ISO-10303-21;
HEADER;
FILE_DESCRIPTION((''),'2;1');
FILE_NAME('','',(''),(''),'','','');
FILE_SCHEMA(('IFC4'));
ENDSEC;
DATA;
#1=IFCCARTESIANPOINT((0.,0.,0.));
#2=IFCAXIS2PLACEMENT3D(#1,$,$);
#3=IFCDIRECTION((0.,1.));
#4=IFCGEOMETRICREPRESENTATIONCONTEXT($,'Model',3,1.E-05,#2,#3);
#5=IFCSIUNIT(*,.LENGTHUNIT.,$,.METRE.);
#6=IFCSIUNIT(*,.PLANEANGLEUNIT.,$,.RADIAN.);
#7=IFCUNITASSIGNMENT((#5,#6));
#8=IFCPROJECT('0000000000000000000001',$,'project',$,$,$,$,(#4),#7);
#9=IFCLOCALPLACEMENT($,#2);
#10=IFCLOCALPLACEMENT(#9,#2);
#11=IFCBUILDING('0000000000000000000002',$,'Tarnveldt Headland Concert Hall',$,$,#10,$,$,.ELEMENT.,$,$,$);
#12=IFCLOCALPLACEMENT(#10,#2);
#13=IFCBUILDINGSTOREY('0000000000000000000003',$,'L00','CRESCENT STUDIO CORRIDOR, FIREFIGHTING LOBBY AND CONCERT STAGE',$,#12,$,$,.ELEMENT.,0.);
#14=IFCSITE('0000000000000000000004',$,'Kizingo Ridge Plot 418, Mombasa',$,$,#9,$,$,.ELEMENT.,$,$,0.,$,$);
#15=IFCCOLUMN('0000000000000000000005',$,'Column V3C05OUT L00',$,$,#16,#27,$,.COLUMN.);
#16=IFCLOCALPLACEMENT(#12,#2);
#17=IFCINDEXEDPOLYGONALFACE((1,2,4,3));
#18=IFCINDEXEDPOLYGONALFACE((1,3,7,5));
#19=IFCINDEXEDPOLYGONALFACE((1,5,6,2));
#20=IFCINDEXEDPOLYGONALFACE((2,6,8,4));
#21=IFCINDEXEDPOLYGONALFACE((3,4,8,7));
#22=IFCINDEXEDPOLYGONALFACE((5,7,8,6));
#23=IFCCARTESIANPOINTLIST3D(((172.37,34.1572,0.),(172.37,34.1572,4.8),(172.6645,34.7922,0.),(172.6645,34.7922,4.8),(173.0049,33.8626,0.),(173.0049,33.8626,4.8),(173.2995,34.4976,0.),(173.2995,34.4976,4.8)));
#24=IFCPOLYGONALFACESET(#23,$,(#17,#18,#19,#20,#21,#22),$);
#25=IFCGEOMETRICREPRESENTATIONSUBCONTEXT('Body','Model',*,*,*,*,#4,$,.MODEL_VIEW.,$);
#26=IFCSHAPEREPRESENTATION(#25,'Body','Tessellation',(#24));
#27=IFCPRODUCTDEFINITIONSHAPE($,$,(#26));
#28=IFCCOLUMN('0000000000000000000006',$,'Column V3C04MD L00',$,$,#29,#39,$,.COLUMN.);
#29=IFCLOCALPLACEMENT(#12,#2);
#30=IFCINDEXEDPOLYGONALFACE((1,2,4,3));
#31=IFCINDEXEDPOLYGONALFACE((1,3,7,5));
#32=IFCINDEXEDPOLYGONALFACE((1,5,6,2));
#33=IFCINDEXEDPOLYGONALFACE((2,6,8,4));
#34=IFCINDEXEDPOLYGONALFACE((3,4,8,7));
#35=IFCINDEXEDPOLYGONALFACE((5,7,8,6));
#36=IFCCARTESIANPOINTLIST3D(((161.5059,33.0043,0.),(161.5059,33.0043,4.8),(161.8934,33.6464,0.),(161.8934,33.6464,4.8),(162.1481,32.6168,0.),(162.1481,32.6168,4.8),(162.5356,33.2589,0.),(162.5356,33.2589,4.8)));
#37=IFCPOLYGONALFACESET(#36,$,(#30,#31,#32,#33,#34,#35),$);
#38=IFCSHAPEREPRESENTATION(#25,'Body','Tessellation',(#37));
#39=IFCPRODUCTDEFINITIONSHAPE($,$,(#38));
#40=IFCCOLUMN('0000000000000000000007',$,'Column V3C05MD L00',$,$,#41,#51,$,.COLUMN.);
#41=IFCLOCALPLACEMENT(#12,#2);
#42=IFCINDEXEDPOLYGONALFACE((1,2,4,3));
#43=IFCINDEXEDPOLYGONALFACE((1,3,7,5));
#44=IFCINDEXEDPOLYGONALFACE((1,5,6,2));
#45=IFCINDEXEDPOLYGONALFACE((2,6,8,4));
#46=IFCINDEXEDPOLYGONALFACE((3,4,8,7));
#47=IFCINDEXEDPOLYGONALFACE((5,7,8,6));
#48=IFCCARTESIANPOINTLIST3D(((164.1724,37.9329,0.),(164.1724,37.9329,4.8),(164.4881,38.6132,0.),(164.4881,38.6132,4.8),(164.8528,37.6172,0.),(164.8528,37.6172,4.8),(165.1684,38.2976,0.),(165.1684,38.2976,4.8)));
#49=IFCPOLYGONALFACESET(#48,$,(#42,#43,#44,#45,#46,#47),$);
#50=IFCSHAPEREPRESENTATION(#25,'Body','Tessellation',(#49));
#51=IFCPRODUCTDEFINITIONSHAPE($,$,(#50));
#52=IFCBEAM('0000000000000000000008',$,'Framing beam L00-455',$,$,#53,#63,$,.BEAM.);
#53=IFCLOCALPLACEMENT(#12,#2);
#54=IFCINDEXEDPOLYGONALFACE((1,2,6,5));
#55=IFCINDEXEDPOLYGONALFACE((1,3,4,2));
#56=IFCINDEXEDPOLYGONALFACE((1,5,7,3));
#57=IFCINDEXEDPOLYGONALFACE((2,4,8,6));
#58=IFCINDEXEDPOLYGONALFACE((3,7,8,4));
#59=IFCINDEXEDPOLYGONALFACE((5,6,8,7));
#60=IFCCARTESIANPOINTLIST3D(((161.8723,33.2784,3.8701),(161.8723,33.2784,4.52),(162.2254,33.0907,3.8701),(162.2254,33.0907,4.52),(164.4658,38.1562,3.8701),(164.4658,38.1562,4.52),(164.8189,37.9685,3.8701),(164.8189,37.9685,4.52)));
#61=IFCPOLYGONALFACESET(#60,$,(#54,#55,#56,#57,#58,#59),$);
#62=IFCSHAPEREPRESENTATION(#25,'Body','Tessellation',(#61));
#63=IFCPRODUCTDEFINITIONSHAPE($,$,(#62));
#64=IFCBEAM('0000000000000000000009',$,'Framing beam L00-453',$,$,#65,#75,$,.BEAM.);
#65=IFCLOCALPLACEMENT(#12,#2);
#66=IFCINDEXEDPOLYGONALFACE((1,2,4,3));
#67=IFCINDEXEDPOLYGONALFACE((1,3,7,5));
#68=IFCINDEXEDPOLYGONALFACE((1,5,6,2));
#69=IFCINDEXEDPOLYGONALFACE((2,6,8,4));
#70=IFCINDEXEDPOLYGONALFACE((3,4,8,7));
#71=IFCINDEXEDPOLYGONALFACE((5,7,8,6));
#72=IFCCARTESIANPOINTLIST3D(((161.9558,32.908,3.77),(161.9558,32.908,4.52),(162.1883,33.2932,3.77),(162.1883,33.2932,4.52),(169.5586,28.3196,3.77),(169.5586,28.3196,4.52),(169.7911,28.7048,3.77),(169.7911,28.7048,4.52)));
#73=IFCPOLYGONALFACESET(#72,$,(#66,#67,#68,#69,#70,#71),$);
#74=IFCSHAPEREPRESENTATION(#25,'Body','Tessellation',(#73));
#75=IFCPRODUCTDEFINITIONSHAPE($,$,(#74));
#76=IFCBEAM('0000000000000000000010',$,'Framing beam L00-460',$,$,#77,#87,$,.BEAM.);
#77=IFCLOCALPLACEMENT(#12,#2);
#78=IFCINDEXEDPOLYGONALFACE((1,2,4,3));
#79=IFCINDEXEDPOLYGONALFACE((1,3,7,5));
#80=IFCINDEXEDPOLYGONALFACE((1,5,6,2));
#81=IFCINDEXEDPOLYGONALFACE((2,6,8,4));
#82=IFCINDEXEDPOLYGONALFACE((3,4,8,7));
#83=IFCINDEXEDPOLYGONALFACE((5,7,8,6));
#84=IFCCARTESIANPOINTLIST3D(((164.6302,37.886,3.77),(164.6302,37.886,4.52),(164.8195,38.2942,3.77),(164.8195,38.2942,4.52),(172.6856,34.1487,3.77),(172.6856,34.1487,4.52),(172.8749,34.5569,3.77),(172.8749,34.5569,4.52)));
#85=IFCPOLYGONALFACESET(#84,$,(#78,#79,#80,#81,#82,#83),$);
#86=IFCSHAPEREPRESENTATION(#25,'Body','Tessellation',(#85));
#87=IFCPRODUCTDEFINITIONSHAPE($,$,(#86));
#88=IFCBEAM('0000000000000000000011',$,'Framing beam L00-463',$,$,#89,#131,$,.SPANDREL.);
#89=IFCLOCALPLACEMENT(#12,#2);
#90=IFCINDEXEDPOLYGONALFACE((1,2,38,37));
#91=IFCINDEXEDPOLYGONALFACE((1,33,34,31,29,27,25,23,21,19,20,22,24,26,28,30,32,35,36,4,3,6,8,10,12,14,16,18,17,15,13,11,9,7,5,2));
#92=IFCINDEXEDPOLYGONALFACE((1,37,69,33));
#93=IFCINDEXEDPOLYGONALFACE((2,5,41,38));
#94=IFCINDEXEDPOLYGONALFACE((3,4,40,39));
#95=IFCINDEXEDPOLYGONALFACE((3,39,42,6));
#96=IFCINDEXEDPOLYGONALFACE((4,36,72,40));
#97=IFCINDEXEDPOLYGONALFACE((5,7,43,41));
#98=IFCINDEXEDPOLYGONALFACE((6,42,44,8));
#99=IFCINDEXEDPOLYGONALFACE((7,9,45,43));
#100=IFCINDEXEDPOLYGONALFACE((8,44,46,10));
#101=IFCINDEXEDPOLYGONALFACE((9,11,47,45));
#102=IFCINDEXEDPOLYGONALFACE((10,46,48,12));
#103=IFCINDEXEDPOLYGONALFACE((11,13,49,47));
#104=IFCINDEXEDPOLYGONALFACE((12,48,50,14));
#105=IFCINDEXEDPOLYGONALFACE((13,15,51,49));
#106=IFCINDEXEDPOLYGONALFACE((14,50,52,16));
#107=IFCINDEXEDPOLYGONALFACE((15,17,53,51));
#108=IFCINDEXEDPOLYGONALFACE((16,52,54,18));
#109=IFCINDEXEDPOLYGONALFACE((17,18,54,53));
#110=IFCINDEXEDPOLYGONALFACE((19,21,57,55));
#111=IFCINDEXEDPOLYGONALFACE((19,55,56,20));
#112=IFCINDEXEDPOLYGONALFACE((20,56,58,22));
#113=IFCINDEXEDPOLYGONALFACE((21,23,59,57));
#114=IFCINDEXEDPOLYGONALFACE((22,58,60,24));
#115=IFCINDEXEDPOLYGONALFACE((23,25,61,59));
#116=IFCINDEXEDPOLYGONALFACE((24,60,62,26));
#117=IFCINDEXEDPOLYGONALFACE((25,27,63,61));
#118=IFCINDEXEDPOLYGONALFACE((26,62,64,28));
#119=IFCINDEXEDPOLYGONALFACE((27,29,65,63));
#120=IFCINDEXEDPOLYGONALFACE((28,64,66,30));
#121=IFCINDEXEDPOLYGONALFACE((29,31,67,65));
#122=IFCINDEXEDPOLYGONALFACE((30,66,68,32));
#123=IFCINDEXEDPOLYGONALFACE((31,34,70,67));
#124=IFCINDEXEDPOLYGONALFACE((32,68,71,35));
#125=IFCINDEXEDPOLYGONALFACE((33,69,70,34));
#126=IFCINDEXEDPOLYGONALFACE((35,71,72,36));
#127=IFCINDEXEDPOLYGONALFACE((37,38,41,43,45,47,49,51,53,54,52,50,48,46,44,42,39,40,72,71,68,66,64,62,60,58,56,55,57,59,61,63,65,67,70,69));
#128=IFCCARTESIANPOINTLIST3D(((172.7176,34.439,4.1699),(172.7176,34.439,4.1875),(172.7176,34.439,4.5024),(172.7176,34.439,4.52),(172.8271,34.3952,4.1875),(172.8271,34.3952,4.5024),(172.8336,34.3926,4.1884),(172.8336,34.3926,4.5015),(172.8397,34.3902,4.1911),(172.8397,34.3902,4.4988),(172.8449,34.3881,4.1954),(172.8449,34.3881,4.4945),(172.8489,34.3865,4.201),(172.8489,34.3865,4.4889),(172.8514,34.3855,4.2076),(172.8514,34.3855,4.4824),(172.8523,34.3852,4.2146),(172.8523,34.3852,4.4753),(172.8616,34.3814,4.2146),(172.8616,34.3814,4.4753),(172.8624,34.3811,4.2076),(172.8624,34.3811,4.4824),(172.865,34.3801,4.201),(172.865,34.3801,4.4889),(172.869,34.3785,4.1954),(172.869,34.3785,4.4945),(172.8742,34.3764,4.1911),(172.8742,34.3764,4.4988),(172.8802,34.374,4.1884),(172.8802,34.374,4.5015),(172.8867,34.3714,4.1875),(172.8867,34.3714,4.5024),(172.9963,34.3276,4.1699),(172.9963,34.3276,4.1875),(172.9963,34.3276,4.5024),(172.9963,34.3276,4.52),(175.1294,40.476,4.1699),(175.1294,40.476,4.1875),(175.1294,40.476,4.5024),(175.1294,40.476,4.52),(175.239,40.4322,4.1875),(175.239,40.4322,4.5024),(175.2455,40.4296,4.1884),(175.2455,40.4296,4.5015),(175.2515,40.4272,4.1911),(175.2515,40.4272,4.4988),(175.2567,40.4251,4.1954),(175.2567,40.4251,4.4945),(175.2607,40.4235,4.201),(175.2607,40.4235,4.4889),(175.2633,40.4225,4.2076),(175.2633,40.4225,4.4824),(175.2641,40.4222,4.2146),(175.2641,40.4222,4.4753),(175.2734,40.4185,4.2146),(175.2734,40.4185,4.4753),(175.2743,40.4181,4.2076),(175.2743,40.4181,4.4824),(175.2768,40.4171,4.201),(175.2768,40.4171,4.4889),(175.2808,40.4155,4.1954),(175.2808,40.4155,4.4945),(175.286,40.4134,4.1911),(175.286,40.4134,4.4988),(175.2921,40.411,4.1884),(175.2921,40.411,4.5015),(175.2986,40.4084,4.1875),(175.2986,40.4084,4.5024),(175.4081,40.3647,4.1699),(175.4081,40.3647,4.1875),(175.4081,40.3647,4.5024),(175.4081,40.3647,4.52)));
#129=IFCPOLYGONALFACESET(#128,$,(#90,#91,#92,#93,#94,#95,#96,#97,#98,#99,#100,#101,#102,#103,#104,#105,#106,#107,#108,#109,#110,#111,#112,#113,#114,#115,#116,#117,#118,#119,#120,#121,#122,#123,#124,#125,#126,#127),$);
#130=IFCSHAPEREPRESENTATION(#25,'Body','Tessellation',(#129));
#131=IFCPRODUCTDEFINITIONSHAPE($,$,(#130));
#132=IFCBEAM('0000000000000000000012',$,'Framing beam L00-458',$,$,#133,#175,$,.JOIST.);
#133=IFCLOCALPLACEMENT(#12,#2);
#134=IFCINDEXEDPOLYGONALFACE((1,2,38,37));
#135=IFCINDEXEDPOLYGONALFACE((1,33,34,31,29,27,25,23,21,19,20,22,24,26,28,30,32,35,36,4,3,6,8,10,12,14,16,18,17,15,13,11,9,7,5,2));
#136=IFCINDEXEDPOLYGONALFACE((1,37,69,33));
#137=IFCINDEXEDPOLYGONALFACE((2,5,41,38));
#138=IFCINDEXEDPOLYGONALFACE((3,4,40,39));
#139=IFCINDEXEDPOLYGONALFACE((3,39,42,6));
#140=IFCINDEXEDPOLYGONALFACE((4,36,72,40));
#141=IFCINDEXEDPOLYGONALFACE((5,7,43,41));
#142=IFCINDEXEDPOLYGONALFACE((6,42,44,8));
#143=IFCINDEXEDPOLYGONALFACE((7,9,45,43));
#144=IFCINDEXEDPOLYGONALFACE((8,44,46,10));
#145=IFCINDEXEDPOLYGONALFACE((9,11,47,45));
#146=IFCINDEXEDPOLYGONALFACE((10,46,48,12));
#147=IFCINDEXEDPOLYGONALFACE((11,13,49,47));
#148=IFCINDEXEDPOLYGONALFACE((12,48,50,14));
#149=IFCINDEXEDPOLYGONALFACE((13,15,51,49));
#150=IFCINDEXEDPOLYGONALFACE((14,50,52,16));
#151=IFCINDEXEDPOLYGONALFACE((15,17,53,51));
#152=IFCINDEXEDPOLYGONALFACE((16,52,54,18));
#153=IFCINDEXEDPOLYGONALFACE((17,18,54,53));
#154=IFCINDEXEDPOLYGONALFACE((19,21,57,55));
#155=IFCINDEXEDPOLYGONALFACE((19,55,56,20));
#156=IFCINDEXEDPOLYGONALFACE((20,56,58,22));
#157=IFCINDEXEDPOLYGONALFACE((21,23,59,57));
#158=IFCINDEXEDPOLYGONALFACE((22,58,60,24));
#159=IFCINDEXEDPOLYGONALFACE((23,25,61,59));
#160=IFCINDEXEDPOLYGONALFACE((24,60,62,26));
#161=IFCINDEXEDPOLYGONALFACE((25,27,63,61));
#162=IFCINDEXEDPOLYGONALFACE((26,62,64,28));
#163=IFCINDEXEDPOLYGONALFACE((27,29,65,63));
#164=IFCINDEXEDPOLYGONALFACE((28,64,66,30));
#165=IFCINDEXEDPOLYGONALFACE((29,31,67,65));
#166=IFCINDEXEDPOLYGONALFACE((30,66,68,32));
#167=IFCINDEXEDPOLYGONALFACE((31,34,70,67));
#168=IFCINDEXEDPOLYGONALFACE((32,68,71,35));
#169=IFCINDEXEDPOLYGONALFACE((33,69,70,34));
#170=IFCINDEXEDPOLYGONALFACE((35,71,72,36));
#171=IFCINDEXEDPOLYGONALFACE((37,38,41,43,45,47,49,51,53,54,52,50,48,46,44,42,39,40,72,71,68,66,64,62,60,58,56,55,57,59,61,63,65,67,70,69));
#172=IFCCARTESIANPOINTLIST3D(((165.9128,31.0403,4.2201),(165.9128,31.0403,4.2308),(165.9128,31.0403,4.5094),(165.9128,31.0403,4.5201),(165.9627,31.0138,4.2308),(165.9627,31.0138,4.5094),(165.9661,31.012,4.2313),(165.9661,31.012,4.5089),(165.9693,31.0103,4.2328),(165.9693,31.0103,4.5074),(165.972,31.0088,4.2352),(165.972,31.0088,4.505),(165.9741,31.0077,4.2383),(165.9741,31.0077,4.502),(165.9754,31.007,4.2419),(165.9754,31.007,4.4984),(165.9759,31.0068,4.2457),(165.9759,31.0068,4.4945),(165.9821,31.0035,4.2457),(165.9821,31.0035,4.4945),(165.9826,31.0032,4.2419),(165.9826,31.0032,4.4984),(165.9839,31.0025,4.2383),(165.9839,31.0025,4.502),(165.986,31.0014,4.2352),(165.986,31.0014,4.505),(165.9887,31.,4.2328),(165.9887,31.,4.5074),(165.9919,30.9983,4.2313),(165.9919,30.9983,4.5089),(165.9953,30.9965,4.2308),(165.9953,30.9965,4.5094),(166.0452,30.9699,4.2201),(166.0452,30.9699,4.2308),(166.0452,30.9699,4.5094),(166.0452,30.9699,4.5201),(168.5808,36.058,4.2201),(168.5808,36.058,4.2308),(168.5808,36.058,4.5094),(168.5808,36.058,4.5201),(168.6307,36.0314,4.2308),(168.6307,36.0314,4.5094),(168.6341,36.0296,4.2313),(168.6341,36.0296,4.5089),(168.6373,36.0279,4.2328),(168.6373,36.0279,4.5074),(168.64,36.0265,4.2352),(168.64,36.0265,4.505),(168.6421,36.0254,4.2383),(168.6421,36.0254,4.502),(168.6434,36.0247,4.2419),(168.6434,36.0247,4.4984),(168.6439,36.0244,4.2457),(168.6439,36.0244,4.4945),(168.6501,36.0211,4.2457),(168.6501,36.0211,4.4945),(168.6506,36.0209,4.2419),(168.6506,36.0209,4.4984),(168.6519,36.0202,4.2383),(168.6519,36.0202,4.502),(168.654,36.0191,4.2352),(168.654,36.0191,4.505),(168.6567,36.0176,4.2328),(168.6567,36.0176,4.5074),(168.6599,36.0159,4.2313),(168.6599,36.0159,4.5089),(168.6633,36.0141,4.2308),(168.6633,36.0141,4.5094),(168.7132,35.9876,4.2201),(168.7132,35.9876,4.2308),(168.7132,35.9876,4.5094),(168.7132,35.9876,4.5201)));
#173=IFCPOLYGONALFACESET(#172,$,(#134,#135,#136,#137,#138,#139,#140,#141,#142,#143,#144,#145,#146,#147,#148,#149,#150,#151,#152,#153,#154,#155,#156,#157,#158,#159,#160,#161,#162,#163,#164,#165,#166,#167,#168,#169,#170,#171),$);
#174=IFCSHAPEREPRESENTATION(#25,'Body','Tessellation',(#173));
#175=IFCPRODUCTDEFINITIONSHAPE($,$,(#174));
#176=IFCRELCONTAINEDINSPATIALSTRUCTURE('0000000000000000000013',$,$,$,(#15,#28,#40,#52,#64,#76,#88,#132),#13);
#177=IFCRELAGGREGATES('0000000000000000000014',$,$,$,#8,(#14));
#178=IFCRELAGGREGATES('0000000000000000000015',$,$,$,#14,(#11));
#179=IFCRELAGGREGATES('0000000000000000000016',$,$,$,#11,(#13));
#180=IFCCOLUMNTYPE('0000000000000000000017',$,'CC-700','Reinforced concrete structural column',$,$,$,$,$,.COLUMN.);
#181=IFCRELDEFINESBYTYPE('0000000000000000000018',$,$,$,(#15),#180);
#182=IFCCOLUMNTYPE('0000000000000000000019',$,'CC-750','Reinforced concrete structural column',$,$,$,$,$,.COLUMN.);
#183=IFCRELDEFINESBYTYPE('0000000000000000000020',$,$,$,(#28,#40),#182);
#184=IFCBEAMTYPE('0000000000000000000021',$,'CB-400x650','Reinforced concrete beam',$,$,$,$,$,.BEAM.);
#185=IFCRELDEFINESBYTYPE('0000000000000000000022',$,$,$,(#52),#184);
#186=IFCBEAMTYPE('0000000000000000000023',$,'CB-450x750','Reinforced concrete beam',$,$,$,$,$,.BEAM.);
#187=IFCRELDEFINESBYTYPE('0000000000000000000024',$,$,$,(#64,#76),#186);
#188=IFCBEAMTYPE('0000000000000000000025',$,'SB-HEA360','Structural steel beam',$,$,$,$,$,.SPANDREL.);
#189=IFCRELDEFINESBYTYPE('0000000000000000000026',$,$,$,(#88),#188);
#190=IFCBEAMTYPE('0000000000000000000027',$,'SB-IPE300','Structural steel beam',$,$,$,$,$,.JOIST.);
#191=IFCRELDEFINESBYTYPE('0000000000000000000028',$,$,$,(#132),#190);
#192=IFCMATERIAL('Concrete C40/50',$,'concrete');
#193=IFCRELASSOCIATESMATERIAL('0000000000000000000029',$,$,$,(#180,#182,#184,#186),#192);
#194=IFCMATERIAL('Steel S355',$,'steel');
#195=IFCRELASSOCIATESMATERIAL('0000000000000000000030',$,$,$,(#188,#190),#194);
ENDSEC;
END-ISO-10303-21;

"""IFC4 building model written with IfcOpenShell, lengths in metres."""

from ifc_helpers import new_model, si_unit, direction, frame, origin, origin_2d, place, context, subcontext, project, spatial, rectangle, i_section, extrude, material, material_profile, profile_set, type_object, element, save


model = new_model("IFC4")

# Units and contexts
model_context = context("Model", 3, precision=1e-05, world=origin(), true_north=direction((0.0, 1.0)))
body_context = subcontext(model_context, "Body", "Model", "MODEL_VIEW")
ifc_project = project(units=[si_unit("LENGTHUNIT", "METRE"), si_unit("PLANEANGLEUNIT", "RADIAN")], contexts=[model_context])

# Site, building, storey
site_placement = place(None, origin())
site = spatial("IfcSite", under=ifc_project, at=site_placement, Name="Kizingo Ridge Plot 418, Mombasa", CompositionType="ELEMENT", RefElevation=0.0)
building_placement = place(site_placement, origin())
building = spatial("IfcBuilding", under=site, at=building_placement, Name="Tarnveldt Headland Concert Hall", CompositionType="ELEMENT")
storey_placement = place(building_placement, origin())
storey = spatial("IfcBuildingStorey", under=building, at=storey_placement, Name="L00", Description="CRESCENT STUDIO CORRIDOR, FIREFIGHTING LOBBY AND CONCERT STAGE", CompositionType="ELEMENT", Elevation=0.0)

# Columns
ifc_material_1 = material(Name="Concrete C40/50", Category="concrete")
ifc_material_profile_1 = material_profile(ifc_material_1, rectangle(XDim=0.7, YDim=0.7, at=origin_2d()), Name="RC 700x700", Category="concrete")
ifc_profile_set_1 = profile_set([ifc_material_profile_1], Name="Concrete C40/50")
column_type_1 = type_object("IfcColumnType", Name="CC-700", Description="Reinforced concrete structural column", PredefinedType="COLUMN", material=ifc_profile_set_1)
column_placement = place(storey_placement, frame((172.8347, 34.3274, 0.0), z_axis=(0.0, 0.0, 1.0), x_axis=(0.907117, -0.420877, 0.0)))
element("IfcColumn", 1, at=column_placement, inside=storey, type_object=column_type_1, Name="Column V3C05OUT L00", PredefinedType="COLUMN", context=body_context, shape_type="SweptSolid", body=[
    extrude(rectangle(XDim=0.7, YDim=0.7, at=origin_2d()), origin(), (0.0, 0.0, 1.0), 4.8),
])
ifc_material_profile_2 = material_profile(ifc_material_1, rectangle(XDim=0.75, YDim=0.75, at=origin_2d()), Name="RC 750x750", Category="concrete")
ifc_profile_set_2 = profile_set([ifc_material_profile_2], Name="Concrete C40/50")
column_type_2 = type_object("IfcColumnType", Name="CC-750", Description="Reinforced concrete structural column", PredefinedType="COLUMN", material=ifc_profile_set_2)
for number, where, z_axis, x_axis, name in (
    (2, (162.0208, 33.1316, 0.0), (0.0, 0.0, 1.0), (0.856177, -0.516683, 0.0), "Column V3C04MD L00"),
    (3, (164.6704, 38.1152, 0.0), (0.0, 0.0, 1.0), (0.907117, -0.420877, 0.0), "Column V3C05MD L00"),
):
    element("IfcColumn", number, at=place(storey_placement, frame(where, z_axis=z_axis, x_axis=x_axis)), inside=storey, type_object=column_type_2, Name=name, PredefinedType="COLUMN", context=body_context, shape_type="SweptSolid", body=[
        extrude(rectangle(XDim=0.75, YDim=0.75, at=origin_2d()), origin(), (0.0, 0.0, 1.0), 4.8),
    ])

# Beams
ifc_material_profile_3 = material_profile(ifc_material_1, rectangle(XDim=0.3999, YDim=0.6499, at=origin_2d()), Name="RC 400x650", Category="concrete")
ifc_profile_set_3 = profile_set([ifc_material_profile_3], Name="Concrete C40/50")
beam_type_1 = type_object("IfcBeamType", Name="CB-400x650", Description="Reinforced concrete beam", PredefinedType="BEAM", material=ifc_profile_set_3)
beam_1_placement = place(storey_placement, frame((162.0488, 33.1846, 4.1951), z_axis=(0.469471, 0.882948, 0.0), x_axis=(-0.882948, 0.469471, 0.0)))
element("IfcBeam", 4, at=beam_1_placement, inside=storey, type_object=beam_type_1, Name="Framing beam L00-455", PredefinedType="BEAM", context=body_context, shape_type="SweptSolid", body=[
    extrude(rectangle(XDim=0.3999, YDim=0.6499, at=origin_2d()), origin(), (0.0, 0.0, 1.0), 5.5244),
])
ifc_material_profile_4 = material_profile(ifc_material_1, rectangle(XDim=0.45, YDim=0.75, at=origin_2d()), Name="RC 450x750", Category="concrete")
ifc_profile_set_4 = profile_set([ifc_material_profile_4], Name="Concrete C40/50")
beam_type_2 = type_object("IfcBeamType", Name="CB-450x750", Description="Reinforced concrete beam", PredefinedType="BEAM", material=ifc_profile_set_4)
for number, where, z_axis, x_axis, name in (
    (5, (162.072, 33.1006, 4.145), (0.856163, -0.516706, 0.0), (0.516706, 0.856163, 0.0), "Framing beam L00-453"),
    (6, (164.7249, 38.0901, 4.145), (0.907126, -0.42086, 0.0), (0.42086, 0.907126, 0.0), "Framing beam L00-460"),
):
    element("IfcBeam", number, at=place(storey_placement, frame(where, z_axis=z_axis, x_axis=x_axis)), inside=storey, type_object=beam_type_2, Name=name, PredefinedType="BEAM", context=body_context, shape_type="SweptSolid", body=[
        extrude(rectangle(XDim=0.45, YDim=0.75, at=origin_2d()), origin(), (0.0, 0.0, 1.0), 8.8801),
    ])
ifc_material_2 = material(Name="Steel S355", Category="steel")
ifc_material_profile_5 = material_profile(ifc_material_2, i_section(OverallWidth=0.3, OverallDepth=0.3501, WebThickness=0.01, FlangeThickness=0.0176, FilletRadius=0.0271, at=origin_2d()), Name="HEA360", Category="steel")
ifc_profile_set_5 = profile_set([ifc_material_profile_5], Name="Steel S355")
beam_type_3 = type_object("IfcBeamType", Name="SB-HEA360", Description="Structural steel beam", PredefinedType="SPANDREL", material=ifc_profile_set_5)
beam_2_placement = place(storey_placement, frame((172.8569, 34.3833, 4.345), z_axis=(0.370996, 0.928635, 0.0), x_axis=(-0.928635, 0.370996, 0.0)))
element("IfcBeam", 7, at=beam_2_placement, inside=storey, type_object=beam_type_3, Name="Framing beam L00-463", PredefinedType="SPANDREL", context=body_context, shape_type="SweptSolid", body=[
    extrude(i_section(OverallWidth=0.3, OverallDepth=0.3501, WebThickness=0.01, FlangeThickness=0.0176, FilletRadius=0.0271, at=origin_2d()), origin(), (0.0, 0.0, 1.0), 6.501),
])
ifc_material_profile_6 = material_profile(ifc_material_2, i_section(OverallWidth=0.1499, OverallDepth=0.3, WebThickness=0.0071, FlangeThickness=0.0107, FilletRadius=0.0149, at=origin_2d()), Name="IPE300", Category="steel")
ifc_profile_set_6 = profile_set([ifc_material_profile_6], Name="Steel S355")
beam_type_4 = type_object("IfcBeamType", Name="SB-IPE300", Description="Structural steel beam", PredefinedType="JOIST", material=ifc_profile_set_6)
beam_3_placement = place(storey_placement, frame((165.979, 31.0051, 4.3701), z_axis=(0.469482, 0.882942, 0.0), x_axis=(-0.882942, 0.469482, 0.0)))
element("IfcBeam", 8, at=beam_3_placement, inside=storey, type_object=beam_type_4, Name="Framing beam L00-458", PredefinedType="JOIST", context=body_context, shape_type="SweptSolid", body=[
    extrude(i_section(OverallWidth=0.1499, OverallDepth=0.3, WebThickness=0.0071, FlangeThickness=0.0107, FilletRadius=0.0149, at=origin_2d()), origin(), (0.0, 0.0, 1.0), 5.6829),
])

save(model, "model.ifc")
